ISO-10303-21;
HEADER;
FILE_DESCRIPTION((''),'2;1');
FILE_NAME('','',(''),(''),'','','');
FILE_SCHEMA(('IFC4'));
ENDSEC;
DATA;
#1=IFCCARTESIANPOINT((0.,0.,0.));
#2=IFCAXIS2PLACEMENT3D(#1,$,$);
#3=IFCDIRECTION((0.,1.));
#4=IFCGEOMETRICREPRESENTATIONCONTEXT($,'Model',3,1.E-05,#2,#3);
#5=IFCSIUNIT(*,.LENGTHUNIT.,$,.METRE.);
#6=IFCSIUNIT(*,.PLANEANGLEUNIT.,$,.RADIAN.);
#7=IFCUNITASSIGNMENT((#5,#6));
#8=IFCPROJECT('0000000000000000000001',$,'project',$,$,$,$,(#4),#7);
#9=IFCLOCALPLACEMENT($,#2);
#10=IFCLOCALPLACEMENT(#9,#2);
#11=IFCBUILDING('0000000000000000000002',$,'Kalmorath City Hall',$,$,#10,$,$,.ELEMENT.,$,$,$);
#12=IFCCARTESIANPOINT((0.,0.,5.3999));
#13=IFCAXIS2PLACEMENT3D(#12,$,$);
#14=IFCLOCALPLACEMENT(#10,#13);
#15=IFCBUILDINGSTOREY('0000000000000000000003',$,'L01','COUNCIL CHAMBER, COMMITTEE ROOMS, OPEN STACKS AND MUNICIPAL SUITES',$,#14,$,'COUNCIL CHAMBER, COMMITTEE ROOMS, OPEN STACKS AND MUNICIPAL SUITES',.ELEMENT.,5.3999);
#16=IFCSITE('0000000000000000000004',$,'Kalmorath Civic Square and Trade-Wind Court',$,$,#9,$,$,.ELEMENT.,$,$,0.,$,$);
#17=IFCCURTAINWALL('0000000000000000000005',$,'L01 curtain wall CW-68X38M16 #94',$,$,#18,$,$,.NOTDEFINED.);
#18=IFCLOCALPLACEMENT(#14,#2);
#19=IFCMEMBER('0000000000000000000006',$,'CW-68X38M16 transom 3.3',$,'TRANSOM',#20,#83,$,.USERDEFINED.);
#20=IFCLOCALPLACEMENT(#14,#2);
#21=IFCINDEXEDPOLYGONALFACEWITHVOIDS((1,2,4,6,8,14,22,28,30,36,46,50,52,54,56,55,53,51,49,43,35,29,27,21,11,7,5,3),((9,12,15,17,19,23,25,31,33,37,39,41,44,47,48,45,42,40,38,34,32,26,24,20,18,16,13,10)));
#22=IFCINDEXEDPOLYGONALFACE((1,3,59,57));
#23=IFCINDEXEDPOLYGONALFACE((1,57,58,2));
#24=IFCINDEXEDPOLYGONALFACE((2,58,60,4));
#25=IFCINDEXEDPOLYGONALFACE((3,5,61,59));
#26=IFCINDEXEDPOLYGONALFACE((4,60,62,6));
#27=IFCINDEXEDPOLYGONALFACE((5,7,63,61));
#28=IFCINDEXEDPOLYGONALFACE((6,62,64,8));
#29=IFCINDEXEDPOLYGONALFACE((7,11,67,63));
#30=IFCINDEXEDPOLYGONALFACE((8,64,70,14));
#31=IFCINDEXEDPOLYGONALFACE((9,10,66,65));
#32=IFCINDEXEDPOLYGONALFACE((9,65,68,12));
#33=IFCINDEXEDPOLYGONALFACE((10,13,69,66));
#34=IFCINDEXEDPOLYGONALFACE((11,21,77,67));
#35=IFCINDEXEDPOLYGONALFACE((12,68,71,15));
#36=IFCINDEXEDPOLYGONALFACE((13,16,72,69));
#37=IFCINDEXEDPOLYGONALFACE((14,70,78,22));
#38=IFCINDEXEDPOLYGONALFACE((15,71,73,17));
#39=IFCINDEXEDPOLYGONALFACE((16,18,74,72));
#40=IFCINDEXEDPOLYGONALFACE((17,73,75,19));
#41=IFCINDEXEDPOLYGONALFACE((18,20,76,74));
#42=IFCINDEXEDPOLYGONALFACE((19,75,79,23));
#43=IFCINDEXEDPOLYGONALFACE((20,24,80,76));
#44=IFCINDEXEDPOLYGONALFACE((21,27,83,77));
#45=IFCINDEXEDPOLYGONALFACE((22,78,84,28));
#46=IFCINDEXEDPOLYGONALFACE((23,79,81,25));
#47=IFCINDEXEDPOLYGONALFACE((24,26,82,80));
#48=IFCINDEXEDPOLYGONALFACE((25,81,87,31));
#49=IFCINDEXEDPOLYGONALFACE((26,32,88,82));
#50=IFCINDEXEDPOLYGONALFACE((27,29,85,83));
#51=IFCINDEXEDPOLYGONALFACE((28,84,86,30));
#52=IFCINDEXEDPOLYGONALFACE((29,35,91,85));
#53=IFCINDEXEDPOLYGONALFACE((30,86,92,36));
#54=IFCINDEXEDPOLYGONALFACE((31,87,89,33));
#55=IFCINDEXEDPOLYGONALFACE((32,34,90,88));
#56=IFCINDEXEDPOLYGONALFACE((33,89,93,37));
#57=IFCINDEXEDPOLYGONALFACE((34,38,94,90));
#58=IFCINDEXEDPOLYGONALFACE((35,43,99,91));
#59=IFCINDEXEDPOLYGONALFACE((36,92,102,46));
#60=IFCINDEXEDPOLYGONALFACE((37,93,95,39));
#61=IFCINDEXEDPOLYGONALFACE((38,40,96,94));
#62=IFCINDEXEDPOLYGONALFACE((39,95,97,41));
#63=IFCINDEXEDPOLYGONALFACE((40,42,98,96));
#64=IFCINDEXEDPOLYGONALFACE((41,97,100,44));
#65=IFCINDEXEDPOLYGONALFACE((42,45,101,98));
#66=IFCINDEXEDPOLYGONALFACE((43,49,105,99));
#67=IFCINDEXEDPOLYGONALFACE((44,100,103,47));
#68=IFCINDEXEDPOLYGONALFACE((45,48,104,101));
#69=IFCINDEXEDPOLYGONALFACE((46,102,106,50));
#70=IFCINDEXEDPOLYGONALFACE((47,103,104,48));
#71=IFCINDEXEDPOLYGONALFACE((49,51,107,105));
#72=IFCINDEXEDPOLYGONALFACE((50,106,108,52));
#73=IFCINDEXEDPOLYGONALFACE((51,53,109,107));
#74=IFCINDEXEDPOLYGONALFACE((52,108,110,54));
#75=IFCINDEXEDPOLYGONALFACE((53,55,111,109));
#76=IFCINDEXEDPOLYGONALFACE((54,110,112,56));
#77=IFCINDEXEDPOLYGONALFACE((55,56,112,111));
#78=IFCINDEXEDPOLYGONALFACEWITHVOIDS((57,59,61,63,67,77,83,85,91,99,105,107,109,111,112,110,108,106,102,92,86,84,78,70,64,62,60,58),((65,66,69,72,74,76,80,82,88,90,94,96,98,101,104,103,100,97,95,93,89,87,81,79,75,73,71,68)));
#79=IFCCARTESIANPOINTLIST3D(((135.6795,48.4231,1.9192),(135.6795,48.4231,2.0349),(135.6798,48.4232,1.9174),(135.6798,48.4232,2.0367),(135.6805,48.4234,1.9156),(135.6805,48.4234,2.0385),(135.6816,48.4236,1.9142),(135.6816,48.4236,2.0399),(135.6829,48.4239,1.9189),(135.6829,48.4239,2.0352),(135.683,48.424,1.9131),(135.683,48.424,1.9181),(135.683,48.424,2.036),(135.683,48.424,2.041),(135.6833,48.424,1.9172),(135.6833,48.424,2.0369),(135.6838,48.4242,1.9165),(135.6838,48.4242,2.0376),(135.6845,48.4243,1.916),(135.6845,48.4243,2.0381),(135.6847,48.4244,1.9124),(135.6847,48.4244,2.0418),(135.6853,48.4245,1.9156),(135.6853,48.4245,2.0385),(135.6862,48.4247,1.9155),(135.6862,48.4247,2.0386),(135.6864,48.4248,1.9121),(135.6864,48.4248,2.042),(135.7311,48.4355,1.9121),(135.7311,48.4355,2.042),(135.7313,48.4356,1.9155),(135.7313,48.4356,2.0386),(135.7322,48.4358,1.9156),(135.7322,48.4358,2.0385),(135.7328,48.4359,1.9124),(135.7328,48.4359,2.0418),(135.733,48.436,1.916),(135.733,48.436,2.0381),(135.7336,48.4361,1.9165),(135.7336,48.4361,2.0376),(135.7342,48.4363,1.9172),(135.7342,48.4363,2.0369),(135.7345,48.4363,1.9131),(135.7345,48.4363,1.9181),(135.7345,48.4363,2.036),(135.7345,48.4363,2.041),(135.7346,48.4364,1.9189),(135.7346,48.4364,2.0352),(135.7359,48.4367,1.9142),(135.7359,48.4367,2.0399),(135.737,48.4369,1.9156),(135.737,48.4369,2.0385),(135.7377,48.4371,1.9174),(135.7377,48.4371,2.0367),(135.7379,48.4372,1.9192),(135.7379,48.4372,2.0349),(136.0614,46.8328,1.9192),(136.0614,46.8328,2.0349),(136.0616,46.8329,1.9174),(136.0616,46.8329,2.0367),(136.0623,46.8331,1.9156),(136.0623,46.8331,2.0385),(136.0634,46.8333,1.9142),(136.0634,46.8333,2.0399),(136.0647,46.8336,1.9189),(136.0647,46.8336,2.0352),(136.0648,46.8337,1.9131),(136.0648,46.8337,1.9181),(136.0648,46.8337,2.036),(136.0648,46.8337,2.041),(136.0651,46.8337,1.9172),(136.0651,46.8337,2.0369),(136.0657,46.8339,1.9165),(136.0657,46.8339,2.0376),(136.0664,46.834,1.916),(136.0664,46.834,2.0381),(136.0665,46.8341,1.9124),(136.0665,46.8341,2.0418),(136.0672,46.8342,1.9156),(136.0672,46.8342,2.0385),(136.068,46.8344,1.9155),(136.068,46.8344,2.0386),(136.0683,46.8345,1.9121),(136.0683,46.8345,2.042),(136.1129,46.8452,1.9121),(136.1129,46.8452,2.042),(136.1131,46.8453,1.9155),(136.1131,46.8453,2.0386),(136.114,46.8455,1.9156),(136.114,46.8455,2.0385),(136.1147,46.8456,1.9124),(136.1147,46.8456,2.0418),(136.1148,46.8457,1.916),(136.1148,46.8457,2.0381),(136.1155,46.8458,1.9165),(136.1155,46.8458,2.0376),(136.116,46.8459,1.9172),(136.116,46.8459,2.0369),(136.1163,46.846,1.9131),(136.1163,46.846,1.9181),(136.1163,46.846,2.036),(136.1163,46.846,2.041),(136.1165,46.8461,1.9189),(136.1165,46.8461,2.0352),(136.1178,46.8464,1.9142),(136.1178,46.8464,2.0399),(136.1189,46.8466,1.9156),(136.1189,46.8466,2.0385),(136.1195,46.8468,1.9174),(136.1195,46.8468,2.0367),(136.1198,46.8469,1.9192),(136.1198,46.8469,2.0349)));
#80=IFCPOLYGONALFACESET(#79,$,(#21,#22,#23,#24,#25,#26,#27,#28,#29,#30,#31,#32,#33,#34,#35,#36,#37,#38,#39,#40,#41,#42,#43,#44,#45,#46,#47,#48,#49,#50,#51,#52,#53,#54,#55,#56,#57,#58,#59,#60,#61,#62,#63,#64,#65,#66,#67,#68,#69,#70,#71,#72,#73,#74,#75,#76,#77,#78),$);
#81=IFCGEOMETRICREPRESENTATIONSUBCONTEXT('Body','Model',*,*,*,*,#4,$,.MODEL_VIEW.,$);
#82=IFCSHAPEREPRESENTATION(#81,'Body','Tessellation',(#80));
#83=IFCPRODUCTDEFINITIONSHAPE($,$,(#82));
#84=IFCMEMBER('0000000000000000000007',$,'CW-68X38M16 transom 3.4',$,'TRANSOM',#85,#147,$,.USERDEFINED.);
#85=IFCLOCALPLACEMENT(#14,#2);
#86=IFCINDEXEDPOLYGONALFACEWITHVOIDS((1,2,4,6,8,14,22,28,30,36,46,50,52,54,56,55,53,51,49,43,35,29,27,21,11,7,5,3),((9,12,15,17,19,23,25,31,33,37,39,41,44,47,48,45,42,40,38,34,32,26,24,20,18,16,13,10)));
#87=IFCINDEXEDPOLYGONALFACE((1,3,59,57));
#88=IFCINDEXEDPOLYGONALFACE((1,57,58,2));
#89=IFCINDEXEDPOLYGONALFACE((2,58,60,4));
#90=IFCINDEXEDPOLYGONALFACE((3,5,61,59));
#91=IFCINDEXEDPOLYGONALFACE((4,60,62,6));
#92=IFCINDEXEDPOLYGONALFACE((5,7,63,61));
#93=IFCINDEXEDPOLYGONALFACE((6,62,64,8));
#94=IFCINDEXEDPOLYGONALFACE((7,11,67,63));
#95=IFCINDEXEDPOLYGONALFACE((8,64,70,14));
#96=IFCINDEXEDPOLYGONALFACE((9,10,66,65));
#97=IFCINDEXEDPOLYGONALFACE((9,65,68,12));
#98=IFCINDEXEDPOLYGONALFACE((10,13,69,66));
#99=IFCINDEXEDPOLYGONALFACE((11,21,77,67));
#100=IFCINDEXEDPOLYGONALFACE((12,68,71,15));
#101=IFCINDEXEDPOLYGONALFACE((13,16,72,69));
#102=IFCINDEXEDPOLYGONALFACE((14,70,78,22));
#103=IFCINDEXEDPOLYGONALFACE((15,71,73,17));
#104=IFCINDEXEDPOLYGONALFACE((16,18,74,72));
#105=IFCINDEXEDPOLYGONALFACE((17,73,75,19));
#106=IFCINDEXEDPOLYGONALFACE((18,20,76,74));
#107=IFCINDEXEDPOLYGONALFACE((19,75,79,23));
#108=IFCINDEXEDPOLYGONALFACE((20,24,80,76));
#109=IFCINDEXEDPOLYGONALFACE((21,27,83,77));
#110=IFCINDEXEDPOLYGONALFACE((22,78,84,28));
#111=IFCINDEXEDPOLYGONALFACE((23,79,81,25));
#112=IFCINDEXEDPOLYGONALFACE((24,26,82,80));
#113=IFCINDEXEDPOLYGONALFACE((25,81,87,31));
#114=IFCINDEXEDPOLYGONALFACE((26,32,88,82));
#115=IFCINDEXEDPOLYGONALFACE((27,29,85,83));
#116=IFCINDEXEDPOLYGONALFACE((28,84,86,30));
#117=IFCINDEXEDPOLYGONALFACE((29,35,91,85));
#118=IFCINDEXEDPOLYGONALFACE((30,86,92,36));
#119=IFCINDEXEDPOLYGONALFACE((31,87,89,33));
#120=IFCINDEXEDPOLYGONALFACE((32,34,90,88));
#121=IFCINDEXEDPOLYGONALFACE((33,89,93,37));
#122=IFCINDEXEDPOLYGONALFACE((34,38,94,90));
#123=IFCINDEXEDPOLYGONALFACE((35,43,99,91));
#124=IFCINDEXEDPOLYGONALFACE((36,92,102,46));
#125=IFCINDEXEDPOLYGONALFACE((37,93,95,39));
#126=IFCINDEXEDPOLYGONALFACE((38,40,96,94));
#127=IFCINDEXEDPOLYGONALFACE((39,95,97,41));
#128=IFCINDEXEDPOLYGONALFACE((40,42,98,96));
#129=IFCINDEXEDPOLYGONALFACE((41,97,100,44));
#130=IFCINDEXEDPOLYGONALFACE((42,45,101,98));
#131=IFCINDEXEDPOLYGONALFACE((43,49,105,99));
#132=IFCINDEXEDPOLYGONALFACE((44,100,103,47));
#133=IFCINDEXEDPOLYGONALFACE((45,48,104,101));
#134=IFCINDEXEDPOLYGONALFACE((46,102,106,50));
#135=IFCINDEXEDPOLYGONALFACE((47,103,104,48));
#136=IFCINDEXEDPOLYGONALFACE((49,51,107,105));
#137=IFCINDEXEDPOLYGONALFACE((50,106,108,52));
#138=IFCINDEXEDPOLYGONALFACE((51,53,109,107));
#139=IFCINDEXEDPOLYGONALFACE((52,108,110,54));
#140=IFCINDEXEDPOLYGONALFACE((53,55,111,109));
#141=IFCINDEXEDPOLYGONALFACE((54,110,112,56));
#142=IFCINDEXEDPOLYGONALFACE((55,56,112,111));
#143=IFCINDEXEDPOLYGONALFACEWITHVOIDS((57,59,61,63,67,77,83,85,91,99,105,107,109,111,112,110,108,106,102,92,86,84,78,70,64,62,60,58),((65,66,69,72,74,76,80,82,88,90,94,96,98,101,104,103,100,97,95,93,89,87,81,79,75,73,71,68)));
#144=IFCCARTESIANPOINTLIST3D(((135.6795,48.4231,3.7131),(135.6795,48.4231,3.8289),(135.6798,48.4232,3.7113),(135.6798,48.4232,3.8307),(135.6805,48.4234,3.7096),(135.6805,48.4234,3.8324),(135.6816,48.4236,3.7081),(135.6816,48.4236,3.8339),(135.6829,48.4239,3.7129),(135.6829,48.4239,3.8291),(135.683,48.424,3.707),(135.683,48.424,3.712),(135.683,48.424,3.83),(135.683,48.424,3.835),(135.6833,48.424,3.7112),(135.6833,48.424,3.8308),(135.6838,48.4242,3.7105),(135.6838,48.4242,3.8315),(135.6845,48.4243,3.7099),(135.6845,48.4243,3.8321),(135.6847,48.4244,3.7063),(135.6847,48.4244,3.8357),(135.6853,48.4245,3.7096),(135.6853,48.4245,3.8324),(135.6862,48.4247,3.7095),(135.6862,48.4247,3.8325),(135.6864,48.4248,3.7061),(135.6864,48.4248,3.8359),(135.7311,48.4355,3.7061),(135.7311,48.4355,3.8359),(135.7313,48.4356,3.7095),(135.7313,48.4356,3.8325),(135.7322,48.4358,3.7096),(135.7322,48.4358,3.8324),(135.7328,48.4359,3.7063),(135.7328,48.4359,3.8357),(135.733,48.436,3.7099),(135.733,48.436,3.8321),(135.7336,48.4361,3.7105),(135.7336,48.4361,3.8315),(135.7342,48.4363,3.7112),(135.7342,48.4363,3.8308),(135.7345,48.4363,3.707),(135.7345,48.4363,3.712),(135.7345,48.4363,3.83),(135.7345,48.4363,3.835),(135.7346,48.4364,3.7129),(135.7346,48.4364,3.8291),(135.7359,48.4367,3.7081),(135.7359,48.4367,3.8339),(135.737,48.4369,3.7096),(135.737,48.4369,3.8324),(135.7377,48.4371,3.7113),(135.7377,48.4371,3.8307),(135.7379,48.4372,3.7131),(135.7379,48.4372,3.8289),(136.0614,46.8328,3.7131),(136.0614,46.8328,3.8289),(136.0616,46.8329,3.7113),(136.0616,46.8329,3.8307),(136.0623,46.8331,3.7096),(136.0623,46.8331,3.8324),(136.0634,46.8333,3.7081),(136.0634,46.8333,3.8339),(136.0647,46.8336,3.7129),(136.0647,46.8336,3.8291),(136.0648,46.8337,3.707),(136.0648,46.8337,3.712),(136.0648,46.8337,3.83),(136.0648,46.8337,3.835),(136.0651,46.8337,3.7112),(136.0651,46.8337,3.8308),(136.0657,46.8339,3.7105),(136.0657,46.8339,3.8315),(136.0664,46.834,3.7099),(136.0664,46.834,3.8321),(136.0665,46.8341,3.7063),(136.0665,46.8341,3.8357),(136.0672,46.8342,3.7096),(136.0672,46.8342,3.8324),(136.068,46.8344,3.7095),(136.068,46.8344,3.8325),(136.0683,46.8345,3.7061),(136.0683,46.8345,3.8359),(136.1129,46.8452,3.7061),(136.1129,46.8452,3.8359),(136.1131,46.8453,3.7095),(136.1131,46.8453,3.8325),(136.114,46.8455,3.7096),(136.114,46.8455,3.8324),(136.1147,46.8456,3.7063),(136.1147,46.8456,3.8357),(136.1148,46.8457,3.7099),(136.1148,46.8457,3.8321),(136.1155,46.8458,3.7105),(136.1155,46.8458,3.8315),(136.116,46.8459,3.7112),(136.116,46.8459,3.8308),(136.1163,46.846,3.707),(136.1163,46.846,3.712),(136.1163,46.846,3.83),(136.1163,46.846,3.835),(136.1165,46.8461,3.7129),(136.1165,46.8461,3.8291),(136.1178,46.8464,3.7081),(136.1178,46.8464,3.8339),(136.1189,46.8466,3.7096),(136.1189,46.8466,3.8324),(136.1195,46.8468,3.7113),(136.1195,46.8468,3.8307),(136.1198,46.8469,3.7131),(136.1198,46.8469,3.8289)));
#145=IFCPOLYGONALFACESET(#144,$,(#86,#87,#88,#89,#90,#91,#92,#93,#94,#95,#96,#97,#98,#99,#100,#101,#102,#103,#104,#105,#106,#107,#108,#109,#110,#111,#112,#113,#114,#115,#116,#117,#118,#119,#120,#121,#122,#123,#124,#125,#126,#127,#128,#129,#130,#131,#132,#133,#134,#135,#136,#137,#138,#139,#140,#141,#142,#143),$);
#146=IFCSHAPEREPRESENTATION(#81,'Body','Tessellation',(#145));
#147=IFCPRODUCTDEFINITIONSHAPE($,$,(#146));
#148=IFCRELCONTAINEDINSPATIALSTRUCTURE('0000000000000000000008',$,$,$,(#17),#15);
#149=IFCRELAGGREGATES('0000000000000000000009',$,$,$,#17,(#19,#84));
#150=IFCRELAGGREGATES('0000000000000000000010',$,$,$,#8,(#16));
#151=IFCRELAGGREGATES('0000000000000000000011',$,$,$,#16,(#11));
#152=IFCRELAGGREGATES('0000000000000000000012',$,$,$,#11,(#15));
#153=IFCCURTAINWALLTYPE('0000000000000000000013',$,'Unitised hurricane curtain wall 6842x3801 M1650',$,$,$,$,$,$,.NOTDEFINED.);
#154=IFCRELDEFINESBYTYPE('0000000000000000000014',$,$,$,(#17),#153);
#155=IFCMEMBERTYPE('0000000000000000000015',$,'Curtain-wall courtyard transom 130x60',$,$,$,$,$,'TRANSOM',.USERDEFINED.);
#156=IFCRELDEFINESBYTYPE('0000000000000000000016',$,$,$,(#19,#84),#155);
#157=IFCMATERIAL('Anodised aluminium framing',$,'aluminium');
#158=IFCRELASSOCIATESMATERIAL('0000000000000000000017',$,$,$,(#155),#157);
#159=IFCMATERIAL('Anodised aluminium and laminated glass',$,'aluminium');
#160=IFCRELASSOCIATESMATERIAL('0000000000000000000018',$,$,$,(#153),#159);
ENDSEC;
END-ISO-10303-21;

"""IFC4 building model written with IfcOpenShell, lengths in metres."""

from ifc_helpers import new_model, si_unit, direction, frame, origin, origin_2d, place, context, subcontext, project, spatial, hollow_rectangle, extrude, material, material_profile, profile_set, type_object, element, aggregate, save


model = new_model("IFC4")

# Units and contexts
model_context = context("Model", 3, precision=1e-05, world=origin(), true_north=direction((0.0, 1.0)))
body_context = subcontext(model_context, "Body", "Model", "MODEL_VIEW")
ifc_project = project(units=[si_unit("LENGTHUNIT", "METRE"), si_unit("PLANEANGLEUNIT", "RADIAN")], contexts=[model_context])

# Site, building, storey
site_placement = place(None, origin())
site = spatial("IfcSite", under=ifc_project, at=site_placement, Name="Kalmorath Civic Square and Trade-Wind Court", CompositionType="ELEMENT", RefElevation=0.0)
building_placement = place(site_placement, origin())
building = spatial("IfcBuilding", under=site, at=building_placement, Name="Kalmorath City Hall", CompositionType="ELEMENT")
storey_placement = place(building_placement, frame((0.0, 0.0, 5.3999)))
storey = spatial("IfcBuildingStorey", under=building, at=storey_placement, Name="L01", Description="COUNCIL CHAMBER, COMMITTEE ROOMS, OPEN STACKS AND MUNICIPAL SUITES", LongName="COUNCIL CHAMBER, COMMITTEE ROOMS, OPEN STACKS AND MUNICIPAL SUITES", CompositionType="ELEMENT", Elevation=5.3999)

# Curtain wall, members
ifc_material_1 = material(Name="Anodised aluminium framing", Category="aluminium")
ifc_material_profile_1 = material_profile(ifc_material_1, hollow_rectangle(XDim=0.0601, YDim=0.1299, WallThickness=0.0034, InnerFilletRadius=0.0034, OuterFilletRadius=0.0071, at=origin_2d()), Name="ALU-TRN-130X60X3.5")
ifc_profile_set_1 = profile_set([ifc_material_profile_1], Name="Anodised aluminium framing")
member_type_1 = type_object("IfcMemberType", Name="Curtain-wall courtyard transom 130x60", ElementType="TRANSOM", PredefinedType="USERDEFINED", material=ifc_profile_set_1)
ifc_material_2 = material(Name="Anodised aluminium and laminated glass", Category="aluminium")
curtain_wall_type_1 = type_object("IfcCurtainWallType", Name="Unitised hurricane curtain wall 6842x3801 M1650", PredefinedType="NOTDEFINED", material=ifc_material_2)
curtain_wall_1_placement = place(storey_placement, origin())
curtain_wall_1 = element("IfcCurtainWall", 1, at=curtain_wall_1_placement, inside=storey, type_object=curtain_wall_type_1, Name="L01 curtain wall CW-68X38M16 #94", PredefinedType="NOTDEFINED")
member_1_placement = place(storey_placement, frame((136.0906, 46.8398, 1.9771), z_axis=(-0.233463, 0.972366, 0.0), x_axis=(-0.972366, -0.233463, 0.0)))
member_1 = element("IfcMember", 2, at=member_1_placement, type_object=member_type_1, Name="CW-68X38M16 transom 3.3", ObjectType="TRANSOM", PredefinedType="USERDEFINED", context=body_context, shape_type="SweptSolid", body=[
    extrude(hollow_rectangle(XDim=0.0601, YDim=0.1299, WallThickness=0.0034, InnerFilletRadius=0.0034, OuterFilletRadius=0.0071, at=origin_2d()), origin(), (0.0, 0.0, 1.0), 1.6355),
])
member_2_placement = place(storey_placement, frame((136.0906, 46.8398, 3.771), z_axis=(-0.233463, 0.972366, 0.0), x_axis=(-0.972366, -0.233463, 0.0)))
member_2 = element("IfcMember", 3, at=member_2_placement, type_object=member_type_1, Name="CW-68X38M16 transom 3.4", ObjectType="TRANSOM", PredefinedType="USERDEFINED", context=body_context, shape_type="SweptSolid", body=[
    extrude(hollow_rectangle(XDim=0.0601, YDim=0.1299, WallThickness=0.0034, InnerFilletRadius=0.0034, OuterFilletRadius=0.0071, at=origin_2d()), origin(), (0.0, 0.0, 1.0), 1.6355),
])

aggregate(curtain_wall_1, [member_1, member_2])

save(model, "model.ifc")
